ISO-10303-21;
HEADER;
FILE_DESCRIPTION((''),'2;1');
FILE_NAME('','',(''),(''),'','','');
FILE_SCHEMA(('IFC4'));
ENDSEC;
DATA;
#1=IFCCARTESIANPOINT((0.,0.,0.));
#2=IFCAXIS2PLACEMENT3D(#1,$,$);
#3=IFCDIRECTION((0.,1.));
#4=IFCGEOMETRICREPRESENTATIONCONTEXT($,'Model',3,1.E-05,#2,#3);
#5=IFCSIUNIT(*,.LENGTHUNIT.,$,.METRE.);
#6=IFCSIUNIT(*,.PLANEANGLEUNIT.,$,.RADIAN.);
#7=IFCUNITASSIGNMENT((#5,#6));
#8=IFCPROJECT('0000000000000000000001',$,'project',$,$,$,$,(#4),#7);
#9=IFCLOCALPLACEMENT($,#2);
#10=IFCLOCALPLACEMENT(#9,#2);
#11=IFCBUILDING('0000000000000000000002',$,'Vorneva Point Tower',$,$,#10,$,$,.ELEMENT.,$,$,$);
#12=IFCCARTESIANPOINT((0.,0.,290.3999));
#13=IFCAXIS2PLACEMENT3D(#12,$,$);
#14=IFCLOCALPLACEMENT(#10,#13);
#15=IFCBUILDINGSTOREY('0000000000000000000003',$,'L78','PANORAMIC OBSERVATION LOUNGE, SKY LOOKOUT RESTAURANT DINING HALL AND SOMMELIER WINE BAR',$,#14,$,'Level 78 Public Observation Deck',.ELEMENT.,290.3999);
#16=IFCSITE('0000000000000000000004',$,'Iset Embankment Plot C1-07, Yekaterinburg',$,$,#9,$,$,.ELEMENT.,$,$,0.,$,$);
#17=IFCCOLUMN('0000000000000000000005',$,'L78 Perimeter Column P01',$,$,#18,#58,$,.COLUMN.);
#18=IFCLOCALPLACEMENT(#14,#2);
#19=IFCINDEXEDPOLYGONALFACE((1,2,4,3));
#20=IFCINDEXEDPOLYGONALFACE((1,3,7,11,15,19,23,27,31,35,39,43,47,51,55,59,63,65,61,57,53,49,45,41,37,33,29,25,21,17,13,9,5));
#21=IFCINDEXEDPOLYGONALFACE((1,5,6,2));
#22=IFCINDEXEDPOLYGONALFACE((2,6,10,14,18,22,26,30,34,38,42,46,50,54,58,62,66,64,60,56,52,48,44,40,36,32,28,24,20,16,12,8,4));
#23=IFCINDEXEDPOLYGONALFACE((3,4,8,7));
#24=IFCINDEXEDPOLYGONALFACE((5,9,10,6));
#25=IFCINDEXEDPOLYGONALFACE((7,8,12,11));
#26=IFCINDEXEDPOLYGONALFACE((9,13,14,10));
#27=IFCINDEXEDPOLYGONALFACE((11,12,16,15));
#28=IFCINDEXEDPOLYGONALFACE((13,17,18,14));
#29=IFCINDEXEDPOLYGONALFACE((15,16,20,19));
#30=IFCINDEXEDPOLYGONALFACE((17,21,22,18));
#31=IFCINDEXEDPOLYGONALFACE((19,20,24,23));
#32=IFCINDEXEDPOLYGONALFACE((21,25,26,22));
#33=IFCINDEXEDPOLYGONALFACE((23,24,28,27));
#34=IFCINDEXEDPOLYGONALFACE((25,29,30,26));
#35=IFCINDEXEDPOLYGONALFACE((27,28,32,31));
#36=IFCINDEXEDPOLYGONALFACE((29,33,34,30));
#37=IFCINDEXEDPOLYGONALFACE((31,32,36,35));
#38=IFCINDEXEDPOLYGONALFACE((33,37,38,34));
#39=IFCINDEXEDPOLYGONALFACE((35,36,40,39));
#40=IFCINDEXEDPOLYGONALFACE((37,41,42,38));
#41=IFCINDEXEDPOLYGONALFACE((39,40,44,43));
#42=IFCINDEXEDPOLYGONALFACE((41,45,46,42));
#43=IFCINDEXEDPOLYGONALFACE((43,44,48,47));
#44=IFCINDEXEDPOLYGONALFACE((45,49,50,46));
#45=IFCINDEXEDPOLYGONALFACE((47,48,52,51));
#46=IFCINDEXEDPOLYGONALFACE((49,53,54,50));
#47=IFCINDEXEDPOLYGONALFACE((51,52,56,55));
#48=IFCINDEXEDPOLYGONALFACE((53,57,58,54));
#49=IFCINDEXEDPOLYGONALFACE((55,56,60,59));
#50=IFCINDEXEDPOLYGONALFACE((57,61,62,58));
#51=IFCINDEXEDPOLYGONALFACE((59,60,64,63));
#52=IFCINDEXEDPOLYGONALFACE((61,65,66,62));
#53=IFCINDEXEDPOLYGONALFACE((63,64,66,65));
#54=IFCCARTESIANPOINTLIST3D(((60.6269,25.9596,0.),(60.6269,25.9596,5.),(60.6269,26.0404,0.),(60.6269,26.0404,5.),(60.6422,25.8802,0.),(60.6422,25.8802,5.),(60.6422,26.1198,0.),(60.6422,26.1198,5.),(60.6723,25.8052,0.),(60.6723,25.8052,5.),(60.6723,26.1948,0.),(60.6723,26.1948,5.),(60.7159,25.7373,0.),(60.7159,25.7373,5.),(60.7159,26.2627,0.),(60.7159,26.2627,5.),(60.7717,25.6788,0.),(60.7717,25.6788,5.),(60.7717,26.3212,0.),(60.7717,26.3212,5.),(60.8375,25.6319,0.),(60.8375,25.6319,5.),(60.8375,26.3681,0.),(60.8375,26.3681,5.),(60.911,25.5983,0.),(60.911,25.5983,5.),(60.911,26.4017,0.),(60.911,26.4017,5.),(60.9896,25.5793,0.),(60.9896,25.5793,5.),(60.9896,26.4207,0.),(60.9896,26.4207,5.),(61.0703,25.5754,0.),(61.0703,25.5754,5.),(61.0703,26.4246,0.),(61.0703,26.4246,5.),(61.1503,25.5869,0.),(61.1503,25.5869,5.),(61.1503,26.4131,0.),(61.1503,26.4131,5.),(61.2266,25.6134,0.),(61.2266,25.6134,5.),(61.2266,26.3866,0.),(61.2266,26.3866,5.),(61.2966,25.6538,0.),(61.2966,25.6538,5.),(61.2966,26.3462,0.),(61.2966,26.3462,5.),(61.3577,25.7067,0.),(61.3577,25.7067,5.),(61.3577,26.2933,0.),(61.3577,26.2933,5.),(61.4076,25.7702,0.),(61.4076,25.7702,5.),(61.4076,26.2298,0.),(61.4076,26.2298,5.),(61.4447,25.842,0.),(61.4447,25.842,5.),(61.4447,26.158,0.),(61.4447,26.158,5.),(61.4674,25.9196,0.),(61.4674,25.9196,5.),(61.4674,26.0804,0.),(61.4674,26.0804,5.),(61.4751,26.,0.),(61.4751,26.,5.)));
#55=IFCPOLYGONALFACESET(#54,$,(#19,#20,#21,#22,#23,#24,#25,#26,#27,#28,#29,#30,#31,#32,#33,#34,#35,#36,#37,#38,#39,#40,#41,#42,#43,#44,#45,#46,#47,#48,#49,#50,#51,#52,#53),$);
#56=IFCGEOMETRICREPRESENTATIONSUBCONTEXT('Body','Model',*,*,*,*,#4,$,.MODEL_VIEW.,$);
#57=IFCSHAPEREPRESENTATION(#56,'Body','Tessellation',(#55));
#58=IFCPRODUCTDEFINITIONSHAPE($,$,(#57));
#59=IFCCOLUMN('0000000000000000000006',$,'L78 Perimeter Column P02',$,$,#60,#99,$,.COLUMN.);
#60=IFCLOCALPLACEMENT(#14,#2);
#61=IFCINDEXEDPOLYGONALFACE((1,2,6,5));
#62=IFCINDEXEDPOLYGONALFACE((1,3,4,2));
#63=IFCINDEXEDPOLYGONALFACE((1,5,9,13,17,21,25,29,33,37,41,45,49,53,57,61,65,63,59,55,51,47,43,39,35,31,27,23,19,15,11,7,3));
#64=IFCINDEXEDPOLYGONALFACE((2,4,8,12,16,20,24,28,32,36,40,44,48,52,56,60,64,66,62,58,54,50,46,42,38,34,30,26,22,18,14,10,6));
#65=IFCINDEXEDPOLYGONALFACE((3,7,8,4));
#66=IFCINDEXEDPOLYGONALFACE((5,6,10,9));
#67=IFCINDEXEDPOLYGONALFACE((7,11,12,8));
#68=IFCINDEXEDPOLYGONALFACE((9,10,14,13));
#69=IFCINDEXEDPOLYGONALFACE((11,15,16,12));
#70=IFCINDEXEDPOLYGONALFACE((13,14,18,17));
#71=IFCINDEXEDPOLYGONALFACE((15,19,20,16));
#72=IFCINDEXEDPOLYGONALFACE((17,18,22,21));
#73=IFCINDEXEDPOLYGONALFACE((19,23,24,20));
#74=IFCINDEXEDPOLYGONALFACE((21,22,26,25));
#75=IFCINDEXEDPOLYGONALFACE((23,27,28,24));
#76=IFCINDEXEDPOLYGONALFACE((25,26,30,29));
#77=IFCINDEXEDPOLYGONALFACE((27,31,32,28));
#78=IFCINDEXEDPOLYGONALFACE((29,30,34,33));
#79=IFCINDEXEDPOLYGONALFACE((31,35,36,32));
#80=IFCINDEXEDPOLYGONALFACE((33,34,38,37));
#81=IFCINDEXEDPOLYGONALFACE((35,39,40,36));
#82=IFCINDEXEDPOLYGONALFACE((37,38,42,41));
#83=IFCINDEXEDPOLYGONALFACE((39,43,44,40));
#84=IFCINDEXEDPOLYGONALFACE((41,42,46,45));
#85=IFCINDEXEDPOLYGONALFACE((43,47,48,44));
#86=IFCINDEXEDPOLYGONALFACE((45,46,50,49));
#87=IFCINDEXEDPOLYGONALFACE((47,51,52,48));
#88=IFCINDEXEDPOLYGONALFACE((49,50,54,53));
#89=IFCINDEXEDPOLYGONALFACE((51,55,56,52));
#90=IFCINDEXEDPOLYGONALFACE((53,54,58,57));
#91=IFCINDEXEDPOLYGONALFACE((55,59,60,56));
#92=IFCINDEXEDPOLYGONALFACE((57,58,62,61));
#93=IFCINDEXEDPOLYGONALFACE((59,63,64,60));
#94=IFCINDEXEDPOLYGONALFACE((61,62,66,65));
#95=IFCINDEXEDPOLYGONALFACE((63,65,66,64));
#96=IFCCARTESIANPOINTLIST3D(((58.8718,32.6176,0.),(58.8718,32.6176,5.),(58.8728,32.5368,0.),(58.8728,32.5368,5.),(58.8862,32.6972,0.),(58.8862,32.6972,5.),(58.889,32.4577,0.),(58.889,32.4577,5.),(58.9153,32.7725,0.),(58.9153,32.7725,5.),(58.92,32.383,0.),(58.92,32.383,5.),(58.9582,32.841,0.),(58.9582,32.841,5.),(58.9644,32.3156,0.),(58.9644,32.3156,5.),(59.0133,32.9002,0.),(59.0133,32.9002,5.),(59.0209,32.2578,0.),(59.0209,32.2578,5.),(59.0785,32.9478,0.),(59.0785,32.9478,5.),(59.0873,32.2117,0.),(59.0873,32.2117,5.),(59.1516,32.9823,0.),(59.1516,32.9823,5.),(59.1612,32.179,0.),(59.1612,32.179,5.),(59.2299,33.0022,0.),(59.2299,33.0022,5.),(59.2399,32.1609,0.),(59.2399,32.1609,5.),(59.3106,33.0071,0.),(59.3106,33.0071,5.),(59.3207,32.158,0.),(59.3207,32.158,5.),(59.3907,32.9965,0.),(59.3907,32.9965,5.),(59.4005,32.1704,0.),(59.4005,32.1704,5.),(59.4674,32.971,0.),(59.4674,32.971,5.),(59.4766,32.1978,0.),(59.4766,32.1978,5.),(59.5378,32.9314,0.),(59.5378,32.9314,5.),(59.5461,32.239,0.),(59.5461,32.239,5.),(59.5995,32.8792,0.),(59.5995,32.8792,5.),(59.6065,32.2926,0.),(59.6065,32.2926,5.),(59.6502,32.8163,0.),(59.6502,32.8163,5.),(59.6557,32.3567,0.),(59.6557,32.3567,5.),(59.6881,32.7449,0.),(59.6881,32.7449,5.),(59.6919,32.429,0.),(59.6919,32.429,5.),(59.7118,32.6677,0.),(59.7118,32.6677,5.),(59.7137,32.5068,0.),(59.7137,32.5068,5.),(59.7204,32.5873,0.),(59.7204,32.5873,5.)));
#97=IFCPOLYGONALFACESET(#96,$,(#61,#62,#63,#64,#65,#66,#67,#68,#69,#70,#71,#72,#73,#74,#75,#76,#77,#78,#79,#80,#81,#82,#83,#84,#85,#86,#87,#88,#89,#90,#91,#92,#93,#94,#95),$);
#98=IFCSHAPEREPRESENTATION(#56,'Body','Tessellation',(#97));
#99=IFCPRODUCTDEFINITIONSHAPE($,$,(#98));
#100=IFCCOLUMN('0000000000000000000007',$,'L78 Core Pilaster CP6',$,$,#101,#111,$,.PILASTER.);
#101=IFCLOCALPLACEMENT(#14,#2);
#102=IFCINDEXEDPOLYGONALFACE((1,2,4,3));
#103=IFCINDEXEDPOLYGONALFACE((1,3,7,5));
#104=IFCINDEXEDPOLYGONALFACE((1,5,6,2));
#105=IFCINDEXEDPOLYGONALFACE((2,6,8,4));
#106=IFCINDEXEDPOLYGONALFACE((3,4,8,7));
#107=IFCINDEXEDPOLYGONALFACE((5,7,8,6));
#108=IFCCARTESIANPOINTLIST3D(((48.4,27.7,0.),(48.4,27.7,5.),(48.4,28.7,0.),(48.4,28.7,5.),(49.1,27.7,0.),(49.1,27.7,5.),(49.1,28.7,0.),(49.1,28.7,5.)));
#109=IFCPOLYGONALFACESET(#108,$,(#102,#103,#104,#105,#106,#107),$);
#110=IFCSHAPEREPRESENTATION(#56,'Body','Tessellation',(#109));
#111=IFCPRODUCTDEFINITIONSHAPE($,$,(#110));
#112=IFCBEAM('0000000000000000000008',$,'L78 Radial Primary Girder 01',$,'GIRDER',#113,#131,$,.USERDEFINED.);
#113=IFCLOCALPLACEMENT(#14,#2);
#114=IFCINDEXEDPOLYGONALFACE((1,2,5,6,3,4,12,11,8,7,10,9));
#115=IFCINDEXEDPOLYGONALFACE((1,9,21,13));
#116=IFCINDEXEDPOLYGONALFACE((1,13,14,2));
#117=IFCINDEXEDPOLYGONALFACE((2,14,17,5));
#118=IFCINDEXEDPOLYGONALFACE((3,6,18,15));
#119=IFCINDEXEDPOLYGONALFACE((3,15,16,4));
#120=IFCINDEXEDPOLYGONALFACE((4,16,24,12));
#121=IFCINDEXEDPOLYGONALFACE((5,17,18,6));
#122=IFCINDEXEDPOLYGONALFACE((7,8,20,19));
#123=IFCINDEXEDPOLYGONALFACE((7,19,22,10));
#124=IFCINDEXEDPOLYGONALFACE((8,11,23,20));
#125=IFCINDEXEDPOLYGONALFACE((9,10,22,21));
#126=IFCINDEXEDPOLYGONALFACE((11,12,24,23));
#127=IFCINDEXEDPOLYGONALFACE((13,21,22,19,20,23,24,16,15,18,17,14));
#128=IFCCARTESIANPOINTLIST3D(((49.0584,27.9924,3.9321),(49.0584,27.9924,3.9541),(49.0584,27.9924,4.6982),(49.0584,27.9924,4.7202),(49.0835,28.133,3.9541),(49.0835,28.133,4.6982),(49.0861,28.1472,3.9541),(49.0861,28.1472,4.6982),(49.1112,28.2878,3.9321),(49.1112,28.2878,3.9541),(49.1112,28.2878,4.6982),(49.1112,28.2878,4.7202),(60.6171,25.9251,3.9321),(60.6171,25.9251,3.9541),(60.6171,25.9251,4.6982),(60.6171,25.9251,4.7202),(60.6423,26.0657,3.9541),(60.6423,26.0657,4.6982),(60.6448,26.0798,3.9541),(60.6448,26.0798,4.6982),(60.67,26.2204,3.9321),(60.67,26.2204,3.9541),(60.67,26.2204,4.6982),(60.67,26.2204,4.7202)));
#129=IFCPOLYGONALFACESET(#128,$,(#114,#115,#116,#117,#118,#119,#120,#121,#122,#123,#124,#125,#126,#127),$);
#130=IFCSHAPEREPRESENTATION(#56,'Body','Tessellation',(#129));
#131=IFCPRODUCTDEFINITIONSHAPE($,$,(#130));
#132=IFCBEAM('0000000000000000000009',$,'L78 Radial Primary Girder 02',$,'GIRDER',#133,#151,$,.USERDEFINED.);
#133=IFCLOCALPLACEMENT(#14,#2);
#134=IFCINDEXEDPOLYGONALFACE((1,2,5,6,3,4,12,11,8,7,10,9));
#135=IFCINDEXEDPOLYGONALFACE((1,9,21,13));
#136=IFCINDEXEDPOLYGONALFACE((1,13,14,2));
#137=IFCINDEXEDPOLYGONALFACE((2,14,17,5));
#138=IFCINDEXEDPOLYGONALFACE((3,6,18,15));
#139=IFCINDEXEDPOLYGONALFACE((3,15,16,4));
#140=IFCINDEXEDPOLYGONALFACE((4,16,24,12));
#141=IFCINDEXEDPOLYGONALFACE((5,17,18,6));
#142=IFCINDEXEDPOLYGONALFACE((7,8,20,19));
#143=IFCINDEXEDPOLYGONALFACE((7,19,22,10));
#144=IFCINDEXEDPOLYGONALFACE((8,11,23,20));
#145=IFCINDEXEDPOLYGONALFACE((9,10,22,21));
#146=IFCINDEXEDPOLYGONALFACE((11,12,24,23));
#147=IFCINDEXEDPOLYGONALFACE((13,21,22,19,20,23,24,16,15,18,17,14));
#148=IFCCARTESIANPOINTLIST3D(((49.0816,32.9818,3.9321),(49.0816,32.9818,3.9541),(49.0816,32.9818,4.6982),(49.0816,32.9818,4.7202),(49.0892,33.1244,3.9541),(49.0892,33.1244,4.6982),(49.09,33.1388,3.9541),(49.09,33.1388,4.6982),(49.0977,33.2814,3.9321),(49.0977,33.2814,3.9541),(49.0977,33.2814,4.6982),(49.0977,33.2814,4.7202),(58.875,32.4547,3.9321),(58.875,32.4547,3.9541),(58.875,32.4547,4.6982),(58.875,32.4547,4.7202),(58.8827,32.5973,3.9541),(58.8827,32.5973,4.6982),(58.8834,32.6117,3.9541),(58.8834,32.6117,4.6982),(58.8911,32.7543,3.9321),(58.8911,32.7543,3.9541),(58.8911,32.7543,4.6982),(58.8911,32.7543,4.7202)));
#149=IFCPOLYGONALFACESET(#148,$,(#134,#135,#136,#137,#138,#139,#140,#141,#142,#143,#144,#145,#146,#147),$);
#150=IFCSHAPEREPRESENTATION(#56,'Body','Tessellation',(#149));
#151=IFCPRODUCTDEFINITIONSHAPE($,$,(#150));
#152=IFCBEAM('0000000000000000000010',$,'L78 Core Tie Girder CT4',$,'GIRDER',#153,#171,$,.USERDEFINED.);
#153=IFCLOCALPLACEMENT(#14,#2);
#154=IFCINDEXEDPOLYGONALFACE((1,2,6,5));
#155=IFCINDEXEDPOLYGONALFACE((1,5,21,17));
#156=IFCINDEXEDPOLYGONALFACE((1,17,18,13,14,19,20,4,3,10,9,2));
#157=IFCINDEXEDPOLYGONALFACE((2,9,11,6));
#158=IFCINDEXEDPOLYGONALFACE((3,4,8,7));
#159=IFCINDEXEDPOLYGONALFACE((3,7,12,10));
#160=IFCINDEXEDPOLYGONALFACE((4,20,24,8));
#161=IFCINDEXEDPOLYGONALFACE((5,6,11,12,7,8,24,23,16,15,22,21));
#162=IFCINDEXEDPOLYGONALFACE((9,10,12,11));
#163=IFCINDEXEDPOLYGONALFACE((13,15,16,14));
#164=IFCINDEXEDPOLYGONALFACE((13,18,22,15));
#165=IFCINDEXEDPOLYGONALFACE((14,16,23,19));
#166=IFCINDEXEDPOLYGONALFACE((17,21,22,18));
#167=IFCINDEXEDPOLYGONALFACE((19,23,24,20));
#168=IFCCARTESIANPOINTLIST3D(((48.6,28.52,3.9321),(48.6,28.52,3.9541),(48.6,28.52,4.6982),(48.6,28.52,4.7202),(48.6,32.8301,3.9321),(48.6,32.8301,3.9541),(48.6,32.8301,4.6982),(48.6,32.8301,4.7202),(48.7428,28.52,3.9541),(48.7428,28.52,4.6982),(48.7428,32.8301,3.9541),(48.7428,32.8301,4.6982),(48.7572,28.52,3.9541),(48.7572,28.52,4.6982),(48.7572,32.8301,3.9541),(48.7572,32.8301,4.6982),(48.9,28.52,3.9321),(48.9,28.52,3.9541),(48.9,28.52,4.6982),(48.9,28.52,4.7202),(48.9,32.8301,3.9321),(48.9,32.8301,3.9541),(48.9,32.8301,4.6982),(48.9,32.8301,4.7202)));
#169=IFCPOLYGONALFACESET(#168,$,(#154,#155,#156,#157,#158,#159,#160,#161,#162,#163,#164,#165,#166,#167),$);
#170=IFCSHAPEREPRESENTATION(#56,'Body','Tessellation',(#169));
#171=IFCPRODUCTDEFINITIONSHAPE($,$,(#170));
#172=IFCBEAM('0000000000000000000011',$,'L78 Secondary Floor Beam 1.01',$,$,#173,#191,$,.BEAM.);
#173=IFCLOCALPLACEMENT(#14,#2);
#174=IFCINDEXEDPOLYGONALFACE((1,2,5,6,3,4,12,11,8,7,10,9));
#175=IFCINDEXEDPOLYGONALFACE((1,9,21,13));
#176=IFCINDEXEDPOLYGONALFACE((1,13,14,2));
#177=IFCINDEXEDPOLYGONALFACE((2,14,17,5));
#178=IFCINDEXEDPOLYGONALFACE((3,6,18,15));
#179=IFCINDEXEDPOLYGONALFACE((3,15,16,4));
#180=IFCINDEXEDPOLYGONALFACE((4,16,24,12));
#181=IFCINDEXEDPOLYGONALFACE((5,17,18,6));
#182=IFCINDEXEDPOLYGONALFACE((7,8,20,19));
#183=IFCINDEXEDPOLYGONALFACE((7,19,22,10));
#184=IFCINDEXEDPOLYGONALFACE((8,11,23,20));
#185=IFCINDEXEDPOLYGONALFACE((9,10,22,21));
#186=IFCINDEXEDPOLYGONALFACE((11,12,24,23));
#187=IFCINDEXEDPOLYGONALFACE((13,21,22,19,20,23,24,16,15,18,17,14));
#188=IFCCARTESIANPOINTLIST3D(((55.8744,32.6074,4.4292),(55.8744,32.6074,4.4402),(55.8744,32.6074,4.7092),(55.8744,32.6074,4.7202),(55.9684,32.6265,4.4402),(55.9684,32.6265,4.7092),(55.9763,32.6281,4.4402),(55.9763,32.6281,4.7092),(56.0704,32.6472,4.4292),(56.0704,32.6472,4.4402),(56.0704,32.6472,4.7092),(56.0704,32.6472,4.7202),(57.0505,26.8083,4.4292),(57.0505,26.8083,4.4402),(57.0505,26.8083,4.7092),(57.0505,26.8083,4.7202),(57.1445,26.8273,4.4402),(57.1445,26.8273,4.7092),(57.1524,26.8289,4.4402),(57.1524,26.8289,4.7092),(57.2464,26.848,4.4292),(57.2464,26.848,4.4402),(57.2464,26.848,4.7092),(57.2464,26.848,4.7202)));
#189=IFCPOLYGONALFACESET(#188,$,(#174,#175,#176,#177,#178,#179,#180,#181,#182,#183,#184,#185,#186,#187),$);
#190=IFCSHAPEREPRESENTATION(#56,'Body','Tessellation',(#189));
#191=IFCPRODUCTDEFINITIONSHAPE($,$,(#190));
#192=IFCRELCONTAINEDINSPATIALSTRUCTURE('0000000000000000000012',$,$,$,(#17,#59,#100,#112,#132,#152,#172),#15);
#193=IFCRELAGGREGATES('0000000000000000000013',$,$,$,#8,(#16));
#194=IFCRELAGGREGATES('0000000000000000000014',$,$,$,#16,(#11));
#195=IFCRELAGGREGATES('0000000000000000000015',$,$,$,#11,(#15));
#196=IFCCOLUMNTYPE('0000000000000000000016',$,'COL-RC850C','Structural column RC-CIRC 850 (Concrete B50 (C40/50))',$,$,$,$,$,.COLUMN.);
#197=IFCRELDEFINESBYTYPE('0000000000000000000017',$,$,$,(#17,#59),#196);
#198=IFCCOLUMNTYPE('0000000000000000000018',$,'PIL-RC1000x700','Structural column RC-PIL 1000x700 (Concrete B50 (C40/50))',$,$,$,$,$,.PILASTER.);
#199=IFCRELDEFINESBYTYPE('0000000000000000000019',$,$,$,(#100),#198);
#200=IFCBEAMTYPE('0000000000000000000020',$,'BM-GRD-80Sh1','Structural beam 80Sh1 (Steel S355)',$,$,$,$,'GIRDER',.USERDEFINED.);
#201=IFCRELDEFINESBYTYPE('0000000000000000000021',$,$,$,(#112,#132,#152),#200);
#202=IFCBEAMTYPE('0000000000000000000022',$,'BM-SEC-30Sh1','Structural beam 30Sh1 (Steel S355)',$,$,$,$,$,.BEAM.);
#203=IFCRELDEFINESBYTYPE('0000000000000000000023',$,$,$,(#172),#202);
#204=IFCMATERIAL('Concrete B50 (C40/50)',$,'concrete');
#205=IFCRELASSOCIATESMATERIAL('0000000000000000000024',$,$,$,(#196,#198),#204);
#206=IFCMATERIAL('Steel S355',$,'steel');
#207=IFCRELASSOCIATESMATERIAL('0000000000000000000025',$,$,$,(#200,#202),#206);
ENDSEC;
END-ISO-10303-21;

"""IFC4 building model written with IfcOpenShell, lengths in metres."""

from ifc_helpers import new_model, si_unit, direction, frame, origin, origin_2d, place, context, subcontext, project, spatial, rectangle, circle, i_section, extrude, material, material_profile, profile_set, type_object, element, save


model = new_model("IFC4")

# Units and contexts
model_context = context("Model", 3, precision=1e-05, world=origin(), true_north=direction((0.0, 1.0)))
body_context = subcontext(model_context, "Body", "Model", "MODEL_VIEW")
ifc_project = project(units=[si_unit("LENGTHUNIT", "METRE"), si_unit("PLANEANGLEUNIT", "RADIAN")], contexts=[model_context])

# Site, building, storey
site_placement = place(None, origin())
site = spatial("IfcSite", under=ifc_project, at=site_placement, Name="Iset Embankment Plot C1-07, Yekaterinburg", CompositionType="ELEMENT", RefElevation=0.0)
building_placement = place(site_placement, origin())
building = spatial("IfcBuilding", under=site, at=building_placement, Name="Vorneva Point Tower", CompositionType="ELEMENT")
storey_placement = place(building_placement, frame((0.0, 0.0, 290.3999)))
storey = spatial("IfcBuildingStorey", under=building, at=storey_placement, Name="L78", Description="PANORAMIC OBSERVATION LOUNGE, SKY LOOKOUT RESTAURANT DINING HALL AND SOMMELIER WINE BAR", LongName="Level 78 Public Observation Deck", CompositionType="ELEMENT", Elevation=290.3999)

# Columns
ifc_material_1 = material(Name="Concrete B50 (C40/50)", Category="concrete")
ifc_material_profile_1 = material_profile(ifc_material_1, circle(Radius=0.425, at=origin_2d()), Name="RC-CIRC 850")
ifc_profile_set_1 = profile_set([ifc_material_profile_1], Name="Concrete B50 (C40/50)")
column_type_1 = type_object("IfcColumnType", Name="COL-RC850C", Description="Structural column RC-CIRC 850 (Concrete B50 (C40/50))", PredefinedType="COLUMN", material=ifc_profile_set_1)
for number, where, z_axis, x_axis, name in (
    (1, (61.05, 26.0, 0.0), (0.0, 0.0, 1.0), (1.0, 0.0, 0.0), "L78 Perimeter Column P01"),
    (2, (59.2954, 32.5823, 0.0), (0.0, 0.0, 1.0), (0.92388, 0.382683, 0.0), "L78 Perimeter Column P02"),
):
    element("IfcColumn", number, at=place(storey_placement, frame(where, z_axis=z_axis, x_axis=x_axis)), inside=storey, type_object=column_type_1, Name=name, PredefinedType="COLUMN", context=body_context, shape_type="SweptSolid", body=[
        extrude(circle(Radius=0.425, at=origin_2d()), origin(), (0.0, 0.0, 1.0), 5.0),
    ])
ifc_material_profile_2 = material_profile(ifc_material_1, rectangle(XDim=0.7, YDim=1.0, at=origin_2d()), Name="RC-PIL 1000x700")
ifc_profile_set_2 = profile_set([ifc_material_profile_2], Name="Concrete B50 (C40/50)")
column_type_2 = type_object("IfcColumnType", Name="PIL-RC1000x700", Description="Structural column RC-PIL 1000x700 (Concrete B50 (C40/50))", PredefinedType="PILASTER", material=ifc_profile_set_2)
column_placement = place(storey_placement, frame((48.75, 28.2, 0.0), z_axis=(0.0, 0.0, 1.0), x_axis=(1.0, 0.0, 0.0)))
element("IfcColumn", 3, at=column_placement, inside=storey, type_object=column_type_2, Name="L78 Core Pilaster CP6", PredefinedType="PILASTER", context=body_context, shape_type="SweptSolid", body=[
    extrude(rectangle(XDim=0.7, YDim=1.0, at=origin_2d()), origin(), (0.0, 0.0, 1.0), 5.0),
])

# Beams
ifc_material_2 = material(Name="Steel S355", Category="steel")
ifc_material_profile_3 = material_profile(ifc_material_2, i_section(OverallWidth=0.3, OverallDepth=0.7881, WebThickness=0.0144, FlangeThickness=0.022, at=origin_2d()), Name="80Sh1")
ifc_profile_set_3 = profile_set([ifc_material_profile_3], Name="Steel S355")
beam_type_1 = type_object("IfcBeamType", Name="BM-GRD-80Sh1", Description="Structural beam 80Sh1 (Steel S355)", ElementType="GIRDER", PredefinedType="USERDEFINED", material=ifc_profile_set_3)
beam_1_placement = place(storey_placement, frame((60.6436, 26.0728, 4.3262), z_axis=(-0.984379, 0.176063, 0.0), x_axis=(-0.176063, -0.984379, 0.0)))
element("IfcBeam", 4, at=beam_1_placement, inside=storey, type_object=beam_type_1, Name="L78 Radial Primary Girder 01", ObjectType="GIRDER", PredefinedType="USERDEFINED", context=body_context, shape_type="SweptSolid", body=[
    extrude(i_section(OverallWidth=0.3, OverallDepth=0.7881, WebThickness=0.0144, FlangeThickness=0.022, at=origin_2d()), origin(), (0.0, 0.0, 1.0), 11.7422),
])
beam_2_placement = place(storey_placement, frame((58.8831, 32.6045, 4.3262), z_axis=(-0.998555, 0.053744, 0.0), x_axis=(-0.053744, -0.998555, 0.0)))
element("IfcBeam", 5, at=beam_2_placement, inside=storey, type_object=beam_type_1, Name="L78 Radial Primary Girder 02", ObjectType="GIRDER", PredefinedType="USERDEFINED", context=body_context, shape_type="SweptSolid", body=[
    extrude(i_section(OverallWidth=0.3, OverallDepth=0.7881, WebThickness=0.0144, FlangeThickness=0.022, at=origin_2d()), origin(), (0.0, 0.0, 1.0), 9.8076),
])
beam_3_placement = place(storey_placement, frame((48.75, 28.52, 4.3262), z_axis=(0.0, 1.0, 0.0), x_axis=(-1.0, 0.0, 0.0)))
element("IfcBeam", 6, at=beam_3_placement, inside=storey, type_object=beam_type_1, Name="L78 Core Tie Girder CT4", ObjectType="GIRDER", PredefinedType="USERDEFINED", context=body_context, shape_type="SweptSolid", body=[
    extrude(i_section(OverallWidth=0.3, OverallDepth=0.7881, WebThickness=0.0144, FlangeThickness=0.022, at=origin_2d()), origin(), (0.0, 0.0, 1.0), 4.3101),
])
ifc_material_profile_4 = material_profile(ifc_material_2, i_section(OverallWidth=0.2, OverallDepth=0.291, WebThickness=0.0081, FlangeThickness=0.011, at=origin_2d()), Name="30Sh1")
ifc_profile_set_4 = profile_set([ifc_material_profile_4], Name="Steel S355")
beam_type_2 = type_object("IfcBeamType", Name="BM-SEC-30Sh1", Description="Structural beam 30Sh1 (Steel S355)", PredefinedType="BEAM", material=ifc_profile_set_4)
beam_4_placement = place(storey_placement, frame((57.1484, 26.8281, 4.5747), z_axis=(-0.19875, 0.98005, 0.0), x_axis=(-0.98005, -0.19875, 0.0)))
element("IfcBeam", 7, at=beam_4_placement, inside=storey, type_object=beam_type_2, Name="L78 Secondary Floor Beam 1.01", PredefinedType="BEAM", context=body_context, shape_type="SweptSolid", body=[
    extrude(i_section(OverallWidth=0.2, OverallDepth=0.291, WebThickness=0.0081, FlangeThickness=0.011, at=origin_2d()), origin(), (0.0, 0.0, 1.0), 5.9172),
])

save(model, "model.ifc")
